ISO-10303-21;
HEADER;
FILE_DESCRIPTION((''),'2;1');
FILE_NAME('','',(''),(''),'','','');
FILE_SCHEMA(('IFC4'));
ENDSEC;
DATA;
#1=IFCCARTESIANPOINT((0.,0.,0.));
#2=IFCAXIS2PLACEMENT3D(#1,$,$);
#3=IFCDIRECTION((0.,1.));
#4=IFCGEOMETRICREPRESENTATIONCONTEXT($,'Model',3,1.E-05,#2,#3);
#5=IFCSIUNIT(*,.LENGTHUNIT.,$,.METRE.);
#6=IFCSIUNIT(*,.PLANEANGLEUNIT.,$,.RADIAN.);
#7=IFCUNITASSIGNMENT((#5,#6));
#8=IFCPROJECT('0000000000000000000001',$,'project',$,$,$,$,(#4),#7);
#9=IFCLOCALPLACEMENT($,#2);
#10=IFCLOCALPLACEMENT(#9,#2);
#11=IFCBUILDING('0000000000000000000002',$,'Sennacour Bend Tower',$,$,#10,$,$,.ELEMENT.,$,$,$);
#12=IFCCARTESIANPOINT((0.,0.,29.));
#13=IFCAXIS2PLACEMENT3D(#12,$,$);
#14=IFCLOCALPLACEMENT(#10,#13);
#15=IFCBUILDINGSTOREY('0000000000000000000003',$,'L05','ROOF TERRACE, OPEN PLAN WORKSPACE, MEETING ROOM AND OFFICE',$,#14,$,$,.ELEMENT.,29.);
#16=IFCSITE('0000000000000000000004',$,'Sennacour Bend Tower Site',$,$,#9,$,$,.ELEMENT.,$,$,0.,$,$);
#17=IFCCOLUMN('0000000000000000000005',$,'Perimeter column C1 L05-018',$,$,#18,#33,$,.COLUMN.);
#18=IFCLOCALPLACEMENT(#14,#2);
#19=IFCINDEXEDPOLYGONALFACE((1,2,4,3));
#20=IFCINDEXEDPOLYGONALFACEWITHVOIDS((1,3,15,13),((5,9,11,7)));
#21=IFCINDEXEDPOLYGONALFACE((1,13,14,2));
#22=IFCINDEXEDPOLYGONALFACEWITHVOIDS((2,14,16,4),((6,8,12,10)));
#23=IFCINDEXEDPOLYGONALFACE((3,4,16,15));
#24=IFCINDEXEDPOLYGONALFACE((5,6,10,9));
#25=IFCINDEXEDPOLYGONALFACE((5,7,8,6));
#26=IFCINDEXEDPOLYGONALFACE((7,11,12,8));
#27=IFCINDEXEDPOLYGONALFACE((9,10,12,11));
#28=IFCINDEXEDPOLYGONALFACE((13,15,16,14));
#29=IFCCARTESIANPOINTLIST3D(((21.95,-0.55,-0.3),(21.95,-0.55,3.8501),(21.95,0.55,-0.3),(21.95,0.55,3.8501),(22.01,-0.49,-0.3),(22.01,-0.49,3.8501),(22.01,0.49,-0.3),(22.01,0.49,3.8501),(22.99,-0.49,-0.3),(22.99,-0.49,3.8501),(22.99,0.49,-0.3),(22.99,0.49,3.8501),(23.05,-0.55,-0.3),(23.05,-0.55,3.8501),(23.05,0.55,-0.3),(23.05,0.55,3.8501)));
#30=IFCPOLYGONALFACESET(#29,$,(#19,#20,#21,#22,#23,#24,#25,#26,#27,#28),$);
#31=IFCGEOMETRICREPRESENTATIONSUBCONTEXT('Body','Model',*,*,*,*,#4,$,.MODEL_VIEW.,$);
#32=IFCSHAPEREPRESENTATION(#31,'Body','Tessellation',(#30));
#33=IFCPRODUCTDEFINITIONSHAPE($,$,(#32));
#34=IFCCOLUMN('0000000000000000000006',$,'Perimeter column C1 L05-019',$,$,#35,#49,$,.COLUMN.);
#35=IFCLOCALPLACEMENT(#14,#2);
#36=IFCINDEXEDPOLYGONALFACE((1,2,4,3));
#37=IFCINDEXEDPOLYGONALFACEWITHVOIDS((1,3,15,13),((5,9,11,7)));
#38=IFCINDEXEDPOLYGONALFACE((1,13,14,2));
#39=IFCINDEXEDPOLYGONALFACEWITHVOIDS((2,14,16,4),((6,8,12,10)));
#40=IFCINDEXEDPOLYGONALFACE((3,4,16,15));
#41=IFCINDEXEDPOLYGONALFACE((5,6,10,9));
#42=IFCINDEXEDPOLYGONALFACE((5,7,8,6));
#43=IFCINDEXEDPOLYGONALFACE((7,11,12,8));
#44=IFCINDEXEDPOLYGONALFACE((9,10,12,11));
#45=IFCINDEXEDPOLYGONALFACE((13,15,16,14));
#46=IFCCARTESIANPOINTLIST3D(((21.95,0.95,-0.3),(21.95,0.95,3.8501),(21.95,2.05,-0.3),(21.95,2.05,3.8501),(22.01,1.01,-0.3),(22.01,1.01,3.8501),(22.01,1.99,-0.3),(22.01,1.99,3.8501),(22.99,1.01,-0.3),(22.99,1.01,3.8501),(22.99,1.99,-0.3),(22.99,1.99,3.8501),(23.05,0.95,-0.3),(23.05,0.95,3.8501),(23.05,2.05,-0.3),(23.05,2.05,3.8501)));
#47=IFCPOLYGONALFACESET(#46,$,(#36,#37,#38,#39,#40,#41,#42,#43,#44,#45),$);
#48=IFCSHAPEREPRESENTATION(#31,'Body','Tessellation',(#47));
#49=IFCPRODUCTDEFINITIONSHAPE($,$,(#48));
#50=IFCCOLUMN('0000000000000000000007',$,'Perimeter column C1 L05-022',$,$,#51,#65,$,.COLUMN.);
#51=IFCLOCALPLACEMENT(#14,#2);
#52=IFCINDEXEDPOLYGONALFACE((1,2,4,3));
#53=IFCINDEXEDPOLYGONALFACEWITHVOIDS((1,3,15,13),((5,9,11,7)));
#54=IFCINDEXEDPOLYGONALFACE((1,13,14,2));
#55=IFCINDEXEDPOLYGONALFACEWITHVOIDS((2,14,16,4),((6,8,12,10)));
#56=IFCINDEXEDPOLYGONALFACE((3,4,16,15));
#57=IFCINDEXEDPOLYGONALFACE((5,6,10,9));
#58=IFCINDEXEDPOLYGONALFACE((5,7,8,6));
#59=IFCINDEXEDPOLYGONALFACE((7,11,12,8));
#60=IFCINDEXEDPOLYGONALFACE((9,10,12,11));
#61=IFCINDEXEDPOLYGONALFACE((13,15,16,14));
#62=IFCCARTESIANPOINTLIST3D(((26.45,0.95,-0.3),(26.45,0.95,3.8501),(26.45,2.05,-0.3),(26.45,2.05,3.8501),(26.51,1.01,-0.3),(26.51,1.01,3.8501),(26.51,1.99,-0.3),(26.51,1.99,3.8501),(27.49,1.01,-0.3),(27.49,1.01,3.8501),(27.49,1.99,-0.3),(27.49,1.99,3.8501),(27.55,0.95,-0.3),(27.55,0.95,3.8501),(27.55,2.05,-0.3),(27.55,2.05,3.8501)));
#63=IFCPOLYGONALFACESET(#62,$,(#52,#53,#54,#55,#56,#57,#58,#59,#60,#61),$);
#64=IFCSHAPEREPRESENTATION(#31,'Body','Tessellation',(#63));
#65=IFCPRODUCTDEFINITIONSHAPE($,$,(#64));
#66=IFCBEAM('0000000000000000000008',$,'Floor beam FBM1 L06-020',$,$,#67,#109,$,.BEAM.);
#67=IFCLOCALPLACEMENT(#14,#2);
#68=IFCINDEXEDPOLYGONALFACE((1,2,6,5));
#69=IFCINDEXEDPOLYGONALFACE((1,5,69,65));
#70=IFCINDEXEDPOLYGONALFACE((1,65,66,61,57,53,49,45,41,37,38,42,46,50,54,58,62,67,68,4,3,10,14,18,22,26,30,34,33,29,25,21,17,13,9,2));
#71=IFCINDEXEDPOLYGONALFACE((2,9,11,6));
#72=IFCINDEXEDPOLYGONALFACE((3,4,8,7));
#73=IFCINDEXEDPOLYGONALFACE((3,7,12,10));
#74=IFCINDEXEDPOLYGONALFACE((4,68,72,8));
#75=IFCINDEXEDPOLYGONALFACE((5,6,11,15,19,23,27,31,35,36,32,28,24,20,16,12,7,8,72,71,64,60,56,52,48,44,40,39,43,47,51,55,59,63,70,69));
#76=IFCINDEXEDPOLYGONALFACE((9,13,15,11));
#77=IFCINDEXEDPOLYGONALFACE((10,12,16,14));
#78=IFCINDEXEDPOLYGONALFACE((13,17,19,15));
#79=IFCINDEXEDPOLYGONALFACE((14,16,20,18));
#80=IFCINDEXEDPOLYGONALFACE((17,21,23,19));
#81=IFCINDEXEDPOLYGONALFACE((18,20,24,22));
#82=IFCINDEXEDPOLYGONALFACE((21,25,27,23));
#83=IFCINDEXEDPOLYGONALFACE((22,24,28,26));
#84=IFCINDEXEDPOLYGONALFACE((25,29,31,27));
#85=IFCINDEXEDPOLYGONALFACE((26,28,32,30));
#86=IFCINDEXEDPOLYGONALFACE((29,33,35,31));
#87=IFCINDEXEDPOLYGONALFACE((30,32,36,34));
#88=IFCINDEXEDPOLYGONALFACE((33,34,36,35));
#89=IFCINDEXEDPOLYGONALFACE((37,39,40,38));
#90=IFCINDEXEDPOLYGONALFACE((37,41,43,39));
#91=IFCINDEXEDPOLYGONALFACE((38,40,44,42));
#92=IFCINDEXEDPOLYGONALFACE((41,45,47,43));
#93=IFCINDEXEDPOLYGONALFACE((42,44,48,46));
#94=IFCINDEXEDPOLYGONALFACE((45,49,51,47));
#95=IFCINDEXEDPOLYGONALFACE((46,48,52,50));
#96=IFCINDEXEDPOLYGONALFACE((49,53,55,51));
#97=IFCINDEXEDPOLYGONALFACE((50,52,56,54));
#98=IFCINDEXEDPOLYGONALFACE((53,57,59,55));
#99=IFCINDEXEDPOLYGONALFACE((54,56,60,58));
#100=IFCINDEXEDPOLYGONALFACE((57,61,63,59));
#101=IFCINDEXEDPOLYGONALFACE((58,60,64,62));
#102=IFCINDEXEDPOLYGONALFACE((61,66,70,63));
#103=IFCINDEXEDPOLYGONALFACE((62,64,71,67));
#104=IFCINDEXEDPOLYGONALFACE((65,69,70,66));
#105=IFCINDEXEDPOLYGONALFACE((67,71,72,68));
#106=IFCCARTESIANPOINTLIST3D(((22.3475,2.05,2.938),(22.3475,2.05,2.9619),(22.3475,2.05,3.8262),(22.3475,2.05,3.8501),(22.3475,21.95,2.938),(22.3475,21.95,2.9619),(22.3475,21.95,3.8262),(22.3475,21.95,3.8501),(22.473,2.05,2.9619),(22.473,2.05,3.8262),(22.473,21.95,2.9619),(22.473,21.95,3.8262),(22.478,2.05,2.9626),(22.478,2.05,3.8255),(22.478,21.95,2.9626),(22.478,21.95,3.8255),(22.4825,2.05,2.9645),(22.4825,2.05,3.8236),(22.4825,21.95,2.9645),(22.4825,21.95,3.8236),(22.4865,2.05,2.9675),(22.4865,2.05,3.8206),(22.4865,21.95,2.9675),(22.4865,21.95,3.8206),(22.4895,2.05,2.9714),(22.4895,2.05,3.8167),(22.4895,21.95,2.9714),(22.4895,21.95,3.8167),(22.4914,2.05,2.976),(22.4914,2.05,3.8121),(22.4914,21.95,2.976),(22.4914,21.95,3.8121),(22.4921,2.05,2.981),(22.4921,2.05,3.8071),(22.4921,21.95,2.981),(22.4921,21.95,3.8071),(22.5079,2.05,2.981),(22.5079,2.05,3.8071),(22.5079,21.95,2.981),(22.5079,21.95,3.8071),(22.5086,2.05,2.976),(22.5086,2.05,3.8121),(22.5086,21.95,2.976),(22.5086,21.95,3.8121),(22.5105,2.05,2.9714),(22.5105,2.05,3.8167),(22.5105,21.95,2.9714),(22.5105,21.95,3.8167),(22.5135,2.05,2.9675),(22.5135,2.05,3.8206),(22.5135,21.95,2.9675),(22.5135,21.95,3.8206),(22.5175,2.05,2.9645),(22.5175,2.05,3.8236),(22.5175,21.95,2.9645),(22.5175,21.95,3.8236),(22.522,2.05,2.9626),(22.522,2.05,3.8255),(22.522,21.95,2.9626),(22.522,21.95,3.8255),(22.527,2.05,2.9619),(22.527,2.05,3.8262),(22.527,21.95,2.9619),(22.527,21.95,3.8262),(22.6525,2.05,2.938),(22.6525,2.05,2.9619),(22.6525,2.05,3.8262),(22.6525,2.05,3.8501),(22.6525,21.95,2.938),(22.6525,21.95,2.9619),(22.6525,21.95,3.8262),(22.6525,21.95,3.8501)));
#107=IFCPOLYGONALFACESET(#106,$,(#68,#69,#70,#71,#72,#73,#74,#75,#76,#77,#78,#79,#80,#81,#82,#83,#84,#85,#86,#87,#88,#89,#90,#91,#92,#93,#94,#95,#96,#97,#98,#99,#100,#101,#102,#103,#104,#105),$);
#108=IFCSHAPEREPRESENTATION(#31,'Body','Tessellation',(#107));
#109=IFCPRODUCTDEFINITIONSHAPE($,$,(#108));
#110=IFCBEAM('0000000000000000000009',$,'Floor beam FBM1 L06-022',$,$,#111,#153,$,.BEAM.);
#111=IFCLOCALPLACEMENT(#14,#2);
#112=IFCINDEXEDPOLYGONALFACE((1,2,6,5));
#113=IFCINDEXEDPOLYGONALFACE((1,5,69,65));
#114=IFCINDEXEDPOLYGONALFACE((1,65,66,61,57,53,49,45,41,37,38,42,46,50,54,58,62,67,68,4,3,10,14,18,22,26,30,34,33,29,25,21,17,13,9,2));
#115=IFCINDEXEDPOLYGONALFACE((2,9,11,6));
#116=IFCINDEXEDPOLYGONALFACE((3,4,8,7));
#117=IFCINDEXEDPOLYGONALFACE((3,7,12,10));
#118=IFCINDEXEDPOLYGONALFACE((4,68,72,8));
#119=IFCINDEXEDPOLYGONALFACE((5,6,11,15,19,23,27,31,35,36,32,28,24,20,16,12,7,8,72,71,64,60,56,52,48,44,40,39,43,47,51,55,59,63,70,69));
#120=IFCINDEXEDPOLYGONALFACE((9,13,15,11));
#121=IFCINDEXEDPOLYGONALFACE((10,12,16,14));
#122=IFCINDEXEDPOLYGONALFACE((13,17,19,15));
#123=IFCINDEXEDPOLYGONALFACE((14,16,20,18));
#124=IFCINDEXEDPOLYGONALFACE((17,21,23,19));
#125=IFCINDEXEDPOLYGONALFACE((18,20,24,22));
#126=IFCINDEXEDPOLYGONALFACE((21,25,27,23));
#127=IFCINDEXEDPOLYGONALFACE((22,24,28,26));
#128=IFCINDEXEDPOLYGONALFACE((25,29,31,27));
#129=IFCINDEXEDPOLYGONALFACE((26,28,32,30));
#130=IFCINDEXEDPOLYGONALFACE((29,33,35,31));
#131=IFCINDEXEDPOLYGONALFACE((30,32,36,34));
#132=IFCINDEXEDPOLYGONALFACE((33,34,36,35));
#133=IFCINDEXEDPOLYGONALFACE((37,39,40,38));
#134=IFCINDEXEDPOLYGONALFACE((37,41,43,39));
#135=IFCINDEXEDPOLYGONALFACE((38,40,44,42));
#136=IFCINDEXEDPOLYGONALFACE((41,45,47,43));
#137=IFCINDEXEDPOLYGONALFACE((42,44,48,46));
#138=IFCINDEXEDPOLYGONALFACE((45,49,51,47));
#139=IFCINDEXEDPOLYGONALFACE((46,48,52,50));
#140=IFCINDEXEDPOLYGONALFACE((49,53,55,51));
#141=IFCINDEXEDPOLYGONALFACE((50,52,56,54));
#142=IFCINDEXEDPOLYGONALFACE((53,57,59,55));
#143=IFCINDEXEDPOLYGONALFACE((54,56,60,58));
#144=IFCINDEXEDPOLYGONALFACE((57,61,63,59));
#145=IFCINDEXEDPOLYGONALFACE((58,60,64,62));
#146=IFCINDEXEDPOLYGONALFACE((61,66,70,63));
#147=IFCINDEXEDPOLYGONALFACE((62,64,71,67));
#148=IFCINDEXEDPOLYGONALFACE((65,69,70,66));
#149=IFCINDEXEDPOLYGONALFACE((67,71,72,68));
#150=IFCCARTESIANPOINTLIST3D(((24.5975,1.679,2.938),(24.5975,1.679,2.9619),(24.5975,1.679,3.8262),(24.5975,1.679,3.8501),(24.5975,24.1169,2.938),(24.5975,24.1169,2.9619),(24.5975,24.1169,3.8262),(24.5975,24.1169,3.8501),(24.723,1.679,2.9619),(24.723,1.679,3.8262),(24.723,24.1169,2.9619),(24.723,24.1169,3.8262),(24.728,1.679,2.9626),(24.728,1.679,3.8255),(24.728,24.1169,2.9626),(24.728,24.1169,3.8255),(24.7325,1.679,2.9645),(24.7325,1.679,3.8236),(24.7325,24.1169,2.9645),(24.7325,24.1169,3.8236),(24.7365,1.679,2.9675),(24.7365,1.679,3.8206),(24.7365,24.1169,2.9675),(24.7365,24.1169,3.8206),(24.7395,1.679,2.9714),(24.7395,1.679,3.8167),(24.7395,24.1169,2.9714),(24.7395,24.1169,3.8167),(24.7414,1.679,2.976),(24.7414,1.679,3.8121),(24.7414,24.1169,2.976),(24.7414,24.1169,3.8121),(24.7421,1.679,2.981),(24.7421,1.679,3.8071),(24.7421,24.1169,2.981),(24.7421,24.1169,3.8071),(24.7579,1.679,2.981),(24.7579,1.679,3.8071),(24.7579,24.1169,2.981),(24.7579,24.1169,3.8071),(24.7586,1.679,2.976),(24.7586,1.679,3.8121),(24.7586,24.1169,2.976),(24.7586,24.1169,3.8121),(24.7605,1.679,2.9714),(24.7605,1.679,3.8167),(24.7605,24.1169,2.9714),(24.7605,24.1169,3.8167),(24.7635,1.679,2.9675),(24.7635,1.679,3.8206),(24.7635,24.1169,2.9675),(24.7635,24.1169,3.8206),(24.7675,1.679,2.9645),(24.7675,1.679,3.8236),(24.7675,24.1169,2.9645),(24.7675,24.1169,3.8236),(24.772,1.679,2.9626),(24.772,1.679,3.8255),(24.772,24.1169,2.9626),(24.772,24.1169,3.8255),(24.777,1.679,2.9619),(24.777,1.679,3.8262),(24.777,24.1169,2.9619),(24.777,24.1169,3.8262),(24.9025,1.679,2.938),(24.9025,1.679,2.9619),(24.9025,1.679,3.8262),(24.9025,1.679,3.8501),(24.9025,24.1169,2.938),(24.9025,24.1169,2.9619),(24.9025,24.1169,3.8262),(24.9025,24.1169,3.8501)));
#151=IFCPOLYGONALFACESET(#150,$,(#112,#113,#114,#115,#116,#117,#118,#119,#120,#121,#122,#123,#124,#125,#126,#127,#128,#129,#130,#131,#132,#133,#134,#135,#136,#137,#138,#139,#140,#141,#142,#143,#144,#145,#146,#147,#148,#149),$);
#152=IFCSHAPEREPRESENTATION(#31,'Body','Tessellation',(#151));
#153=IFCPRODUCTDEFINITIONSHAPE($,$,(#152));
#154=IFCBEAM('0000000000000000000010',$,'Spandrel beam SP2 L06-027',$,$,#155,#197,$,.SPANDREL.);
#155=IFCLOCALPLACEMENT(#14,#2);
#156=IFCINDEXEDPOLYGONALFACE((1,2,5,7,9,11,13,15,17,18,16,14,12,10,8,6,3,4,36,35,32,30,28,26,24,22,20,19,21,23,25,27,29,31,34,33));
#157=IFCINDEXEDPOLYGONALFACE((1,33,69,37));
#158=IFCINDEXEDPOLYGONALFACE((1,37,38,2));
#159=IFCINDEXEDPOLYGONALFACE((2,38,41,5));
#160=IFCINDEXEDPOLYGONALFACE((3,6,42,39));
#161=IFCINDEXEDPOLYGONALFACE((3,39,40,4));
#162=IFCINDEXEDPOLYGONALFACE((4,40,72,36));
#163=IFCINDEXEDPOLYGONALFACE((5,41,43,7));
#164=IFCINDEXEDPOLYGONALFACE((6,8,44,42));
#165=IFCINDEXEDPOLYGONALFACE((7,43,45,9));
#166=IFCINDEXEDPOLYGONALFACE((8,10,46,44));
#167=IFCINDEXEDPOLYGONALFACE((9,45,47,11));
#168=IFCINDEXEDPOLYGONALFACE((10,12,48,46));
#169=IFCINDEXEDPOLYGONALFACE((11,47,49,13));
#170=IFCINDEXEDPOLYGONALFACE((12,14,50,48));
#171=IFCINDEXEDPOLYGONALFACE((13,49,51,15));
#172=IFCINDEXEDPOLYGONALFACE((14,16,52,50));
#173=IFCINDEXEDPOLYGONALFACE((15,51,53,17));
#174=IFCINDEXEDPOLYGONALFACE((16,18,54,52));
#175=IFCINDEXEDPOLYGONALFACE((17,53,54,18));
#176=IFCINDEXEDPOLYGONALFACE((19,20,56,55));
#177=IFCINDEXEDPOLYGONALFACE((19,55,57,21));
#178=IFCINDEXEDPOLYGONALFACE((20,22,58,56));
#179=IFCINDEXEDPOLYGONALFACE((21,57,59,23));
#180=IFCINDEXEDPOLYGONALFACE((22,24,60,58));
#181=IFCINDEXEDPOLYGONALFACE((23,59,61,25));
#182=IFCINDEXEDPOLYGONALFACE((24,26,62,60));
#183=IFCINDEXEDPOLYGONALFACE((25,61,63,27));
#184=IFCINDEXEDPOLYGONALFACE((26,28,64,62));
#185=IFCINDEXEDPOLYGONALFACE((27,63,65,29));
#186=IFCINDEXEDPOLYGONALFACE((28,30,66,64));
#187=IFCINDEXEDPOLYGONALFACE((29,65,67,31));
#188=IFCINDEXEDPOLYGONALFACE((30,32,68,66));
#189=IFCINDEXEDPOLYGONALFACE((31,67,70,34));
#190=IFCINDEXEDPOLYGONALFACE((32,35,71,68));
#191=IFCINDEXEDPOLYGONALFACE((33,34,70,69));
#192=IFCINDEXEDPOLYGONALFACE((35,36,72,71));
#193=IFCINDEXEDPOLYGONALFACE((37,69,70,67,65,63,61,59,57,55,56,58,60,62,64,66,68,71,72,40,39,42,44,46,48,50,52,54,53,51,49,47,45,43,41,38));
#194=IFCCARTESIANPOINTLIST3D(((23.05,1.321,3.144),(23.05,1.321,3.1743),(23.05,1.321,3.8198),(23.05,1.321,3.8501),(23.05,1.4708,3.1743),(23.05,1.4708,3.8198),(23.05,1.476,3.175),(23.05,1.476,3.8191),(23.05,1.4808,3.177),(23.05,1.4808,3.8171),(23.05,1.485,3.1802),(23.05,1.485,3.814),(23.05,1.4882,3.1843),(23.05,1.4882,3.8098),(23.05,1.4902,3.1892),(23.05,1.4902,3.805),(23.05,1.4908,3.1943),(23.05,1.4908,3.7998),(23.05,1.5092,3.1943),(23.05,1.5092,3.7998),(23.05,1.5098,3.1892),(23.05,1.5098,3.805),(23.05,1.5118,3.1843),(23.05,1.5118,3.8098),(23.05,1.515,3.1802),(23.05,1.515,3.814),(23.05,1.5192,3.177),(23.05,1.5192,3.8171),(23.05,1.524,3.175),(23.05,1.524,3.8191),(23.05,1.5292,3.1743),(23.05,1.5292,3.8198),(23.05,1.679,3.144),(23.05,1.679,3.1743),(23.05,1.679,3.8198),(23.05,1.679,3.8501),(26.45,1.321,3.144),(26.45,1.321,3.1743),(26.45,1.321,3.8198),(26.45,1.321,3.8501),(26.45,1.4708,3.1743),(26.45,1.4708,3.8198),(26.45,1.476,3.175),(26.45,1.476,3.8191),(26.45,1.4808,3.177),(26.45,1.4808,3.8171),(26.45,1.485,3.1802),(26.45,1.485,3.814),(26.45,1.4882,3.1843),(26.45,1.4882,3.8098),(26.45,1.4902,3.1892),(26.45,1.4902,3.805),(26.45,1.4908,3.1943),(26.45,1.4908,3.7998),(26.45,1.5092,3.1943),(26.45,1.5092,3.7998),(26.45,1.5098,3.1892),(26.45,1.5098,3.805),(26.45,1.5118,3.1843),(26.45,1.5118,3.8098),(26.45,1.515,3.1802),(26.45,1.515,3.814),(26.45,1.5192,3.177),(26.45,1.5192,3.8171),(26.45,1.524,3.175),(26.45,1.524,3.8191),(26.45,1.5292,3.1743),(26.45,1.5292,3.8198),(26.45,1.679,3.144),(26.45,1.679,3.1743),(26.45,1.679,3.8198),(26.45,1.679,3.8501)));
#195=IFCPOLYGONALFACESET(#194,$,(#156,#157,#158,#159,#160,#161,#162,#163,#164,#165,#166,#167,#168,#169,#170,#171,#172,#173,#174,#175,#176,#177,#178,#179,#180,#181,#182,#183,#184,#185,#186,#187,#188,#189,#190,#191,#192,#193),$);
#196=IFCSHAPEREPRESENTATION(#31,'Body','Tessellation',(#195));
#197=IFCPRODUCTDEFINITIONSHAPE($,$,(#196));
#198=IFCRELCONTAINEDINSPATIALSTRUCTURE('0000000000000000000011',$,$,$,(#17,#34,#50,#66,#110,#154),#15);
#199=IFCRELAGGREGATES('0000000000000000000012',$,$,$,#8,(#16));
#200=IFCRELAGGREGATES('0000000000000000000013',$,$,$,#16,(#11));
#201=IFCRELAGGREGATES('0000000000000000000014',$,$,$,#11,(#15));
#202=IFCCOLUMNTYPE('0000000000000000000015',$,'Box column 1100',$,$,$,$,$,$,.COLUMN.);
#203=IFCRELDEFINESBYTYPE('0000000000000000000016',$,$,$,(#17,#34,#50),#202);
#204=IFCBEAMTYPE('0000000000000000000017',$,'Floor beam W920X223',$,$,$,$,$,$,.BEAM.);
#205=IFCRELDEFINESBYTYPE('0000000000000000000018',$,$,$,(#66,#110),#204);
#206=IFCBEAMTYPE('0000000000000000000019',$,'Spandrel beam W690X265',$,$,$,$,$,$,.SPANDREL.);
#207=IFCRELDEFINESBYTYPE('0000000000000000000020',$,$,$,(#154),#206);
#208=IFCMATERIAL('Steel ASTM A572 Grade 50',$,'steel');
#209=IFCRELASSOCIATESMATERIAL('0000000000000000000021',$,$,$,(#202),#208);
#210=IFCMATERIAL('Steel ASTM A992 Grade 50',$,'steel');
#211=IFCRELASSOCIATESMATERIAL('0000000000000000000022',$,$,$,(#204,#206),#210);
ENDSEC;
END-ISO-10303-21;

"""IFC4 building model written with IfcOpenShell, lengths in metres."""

from ifc_helpers import new_model, si_unit, direction, frame, origin, origin_2d, place, context, subcontext, project, spatial, hollow_rectangle, i_section, extrude, material, material_profile, profile_set, type_object, element, save


model = new_model("IFC4")

# Units and contexts
model_context = context("Model", 3, precision=1e-05, world=origin(), true_north=direction((0.0, 1.0)))
body_context = subcontext(model_context, "Body", "Model", "MODEL_VIEW")
ifc_project = project(units=[si_unit("LENGTHUNIT", "METRE"), si_unit("PLANEANGLEUNIT", "RADIAN")], contexts=[model_context])

# Site, building, storey
site_placement = place(None, origin())
site = spatial("IfcSite", under=ifc_project, at=site_placement, Name="Sennacour Bend Tower Site", CompositionType="ELEMENT", RefElevation=0.0)
building_placement = place(site_placement, origin())
building = spatial("IfcBuilding", under=site, at=building_placement, Name="Sennacour Bend Tower", CompositionType="ELEMENT")
storey_placement = place(building_placement, frame((0.0, 0.0, 29.0)))
storey = spatial("IfcBuildingStorey", under=building, at=storey_placement, Name="L05", Description="ROOF TERRACE, OPEN PLAN WORKSPACE, MEETING ROOM AND OFFICE", CompositionType="ELEMENT", Elevation=29.0)

# Columns
ifc_material_1 = material(Name="Steel ASTM A572 Grade 50", Category="steel")
ifc_material_profile_1 = material_profile(ifc_material_1, hollow_rectangle(XDim=1.1001, YDim=1.1001, WallThickness=0.0601, at=origin_2d()), Name="Steel ASTM A572 Grade 50", Category="steel")
ifc_profile_set_1 = profile_set([ifc_material_profile_1], Name="Steel ASTM A572 Grade 50")
column_type = type_object("IfcColumnType", Name="Box column 1100", PredefinedType="COLUMN", material=ifc_profile_set_1)
for number, where, z_axis, x_axis, name in (
    (1, (22.5, 0.0, -0.3), (0.0, 0.0, 1.0), (1.0, 0.0, 0.0), "Perimeter column C1 L05-018"),
    (2, (22.5, 1.5, -0.3), (0.0, 0.0, 1.0), (1.0, 0.0, 0.0), "Perimeter column C1 L05-019"),
    (3, (27.0, 1.5, -0.3), (0.0, 0.0, 1.0), (1.0, 0.0, 0.0), "Perimeter column C1 L05-022"),
):
    element("IfcColumn", number, at=place(storey_placement, frame(where, z_axis=z_axis, x_axis=x_axis)), inside=storey, type_object=column_type, Name=name, PredefinedType="COLUMN", context=body_context, shape_type="SweptSolid", body=[
        extrude(hollow_rectangle(XDim=1.1001, YDim=1.1001, WallThickness=0.0601, at=origin_2d()), origin(), (0.0, 0.0, 1.0), 4.1501),
    ])

# Beams
ifc_material_2 = material(Name="Steel ASTM A992 Grade 50", Category="steel")
ifc_material_profile_2 = material_profile(ifc_material_2, i_section(OverallWidth=0.3049, OverallDepth=0.9121, WebThickness=0.0159, FlangeThickness=0.0239, FilletRadius=0.019, at=origin_2d()), Name="Steel ASTM A992 Grade 50", Category="steel")
ifc_profile_set_2 = profile_set([ifc_material_profile_2], Name="Steel ASTM A992 Grade 50")
beam_type_1 = type_object("IfcBeamType", Name="Floor beam W920X223", PredefinedType="BEAM", material=ifc_profile_set_2)
beam_1_placement = place(storey_placement, frame((22.5, 2.05, 3.394), z_axis=(0.0, 1.0, 0.0), x_axis=(-1.0, 0.0, 0.0)))
element("IfcBeam", 4, at=beam_1_placement, inside=storey, type_object=beam_type_1, Name="Floor beam FBM1 L06-020", PredefinedType="BEAM", context=body_context, shape_type="SweptSolid", body=[
    extrude(i_section(OverallWidth=0.3049, OverallDepth=0.9121, WebThickness=0.0159, FlangeThickness=0.0239, FilletRadius=0.019, at=origin_2d()), origin(), (0.0, 0.0, 1.0), 19.8999),
])
beam_2_placement = place(storey_placement, frame((24.75, 1.679, 3.394), z_axis=(0.0, 1.0, 0.0), x_axis=(-1.0, 0.0, 0.0)))
element("IfcBeam", 5, at=beam_2_placement, inside=storey, type_object=beam_type_1, Name="Floor beam FBM1 L06-022", PredefinedType="BEAM", context=body_context, shape_type="SweptSolid", body=[
    extrude(i_section(OverallWidth=0.3049, OverallDepth=0.9121, WebThickness=0.0159, FlangeThickness=0.0239, FilletRadius=0.019, at=origin_2d()), origin(), (0.0, 0.0, 1.0), 22.438),
])
ifc_material_profile_3 = material_profile(ifc_material_2, i_section(OverallWidth=0.3579, OverallDepth=0.7061, WebThickness=0.0183, FlangeThickness=0.0303, FilletRadius=0.02, at=origin_2d()), Name="Steel ASTM A992 Grade 50", Category="steel")
ifc_profile_set_3 = profile_set([ifc_material_profile_3], Name="Steel ASTM A992 Grade 50")
beam_type_2 = type_object("IfcBeamType", Name="Spandrel beam W690X265", PredefinedType="SPANDREL", material=ifc_profile_set_3)
for number, where, z_axis, x_axis, name in (
    (6, (26.45, 1.5, 3.4971), (-1.0, 0.0, 0.0), (0.0, -1.0, 0.0), "Spandrel beam SP2 L06-027"),
):
    element("IfcBeam", number, at=place(storey_placement, frame(where, z_axis=z_axis, x_axis=x_axis)), inside=storey, type_object=beam_type_2, Name=name, PredefinedType="SPANDREL", context=body_context, shape_type="SweptSolid", body=[
        extrude(i_section(OverallWidth=0.3579, OverallDepth=0.7061, WebThickness=0.0183, FlangeThickness=0.0303, FilletRadius=0.02, at=origin_2d()), origin(), (0.0, 0.0, 1.0), 3.3999),
    ])

save(model, "model.ifc")
